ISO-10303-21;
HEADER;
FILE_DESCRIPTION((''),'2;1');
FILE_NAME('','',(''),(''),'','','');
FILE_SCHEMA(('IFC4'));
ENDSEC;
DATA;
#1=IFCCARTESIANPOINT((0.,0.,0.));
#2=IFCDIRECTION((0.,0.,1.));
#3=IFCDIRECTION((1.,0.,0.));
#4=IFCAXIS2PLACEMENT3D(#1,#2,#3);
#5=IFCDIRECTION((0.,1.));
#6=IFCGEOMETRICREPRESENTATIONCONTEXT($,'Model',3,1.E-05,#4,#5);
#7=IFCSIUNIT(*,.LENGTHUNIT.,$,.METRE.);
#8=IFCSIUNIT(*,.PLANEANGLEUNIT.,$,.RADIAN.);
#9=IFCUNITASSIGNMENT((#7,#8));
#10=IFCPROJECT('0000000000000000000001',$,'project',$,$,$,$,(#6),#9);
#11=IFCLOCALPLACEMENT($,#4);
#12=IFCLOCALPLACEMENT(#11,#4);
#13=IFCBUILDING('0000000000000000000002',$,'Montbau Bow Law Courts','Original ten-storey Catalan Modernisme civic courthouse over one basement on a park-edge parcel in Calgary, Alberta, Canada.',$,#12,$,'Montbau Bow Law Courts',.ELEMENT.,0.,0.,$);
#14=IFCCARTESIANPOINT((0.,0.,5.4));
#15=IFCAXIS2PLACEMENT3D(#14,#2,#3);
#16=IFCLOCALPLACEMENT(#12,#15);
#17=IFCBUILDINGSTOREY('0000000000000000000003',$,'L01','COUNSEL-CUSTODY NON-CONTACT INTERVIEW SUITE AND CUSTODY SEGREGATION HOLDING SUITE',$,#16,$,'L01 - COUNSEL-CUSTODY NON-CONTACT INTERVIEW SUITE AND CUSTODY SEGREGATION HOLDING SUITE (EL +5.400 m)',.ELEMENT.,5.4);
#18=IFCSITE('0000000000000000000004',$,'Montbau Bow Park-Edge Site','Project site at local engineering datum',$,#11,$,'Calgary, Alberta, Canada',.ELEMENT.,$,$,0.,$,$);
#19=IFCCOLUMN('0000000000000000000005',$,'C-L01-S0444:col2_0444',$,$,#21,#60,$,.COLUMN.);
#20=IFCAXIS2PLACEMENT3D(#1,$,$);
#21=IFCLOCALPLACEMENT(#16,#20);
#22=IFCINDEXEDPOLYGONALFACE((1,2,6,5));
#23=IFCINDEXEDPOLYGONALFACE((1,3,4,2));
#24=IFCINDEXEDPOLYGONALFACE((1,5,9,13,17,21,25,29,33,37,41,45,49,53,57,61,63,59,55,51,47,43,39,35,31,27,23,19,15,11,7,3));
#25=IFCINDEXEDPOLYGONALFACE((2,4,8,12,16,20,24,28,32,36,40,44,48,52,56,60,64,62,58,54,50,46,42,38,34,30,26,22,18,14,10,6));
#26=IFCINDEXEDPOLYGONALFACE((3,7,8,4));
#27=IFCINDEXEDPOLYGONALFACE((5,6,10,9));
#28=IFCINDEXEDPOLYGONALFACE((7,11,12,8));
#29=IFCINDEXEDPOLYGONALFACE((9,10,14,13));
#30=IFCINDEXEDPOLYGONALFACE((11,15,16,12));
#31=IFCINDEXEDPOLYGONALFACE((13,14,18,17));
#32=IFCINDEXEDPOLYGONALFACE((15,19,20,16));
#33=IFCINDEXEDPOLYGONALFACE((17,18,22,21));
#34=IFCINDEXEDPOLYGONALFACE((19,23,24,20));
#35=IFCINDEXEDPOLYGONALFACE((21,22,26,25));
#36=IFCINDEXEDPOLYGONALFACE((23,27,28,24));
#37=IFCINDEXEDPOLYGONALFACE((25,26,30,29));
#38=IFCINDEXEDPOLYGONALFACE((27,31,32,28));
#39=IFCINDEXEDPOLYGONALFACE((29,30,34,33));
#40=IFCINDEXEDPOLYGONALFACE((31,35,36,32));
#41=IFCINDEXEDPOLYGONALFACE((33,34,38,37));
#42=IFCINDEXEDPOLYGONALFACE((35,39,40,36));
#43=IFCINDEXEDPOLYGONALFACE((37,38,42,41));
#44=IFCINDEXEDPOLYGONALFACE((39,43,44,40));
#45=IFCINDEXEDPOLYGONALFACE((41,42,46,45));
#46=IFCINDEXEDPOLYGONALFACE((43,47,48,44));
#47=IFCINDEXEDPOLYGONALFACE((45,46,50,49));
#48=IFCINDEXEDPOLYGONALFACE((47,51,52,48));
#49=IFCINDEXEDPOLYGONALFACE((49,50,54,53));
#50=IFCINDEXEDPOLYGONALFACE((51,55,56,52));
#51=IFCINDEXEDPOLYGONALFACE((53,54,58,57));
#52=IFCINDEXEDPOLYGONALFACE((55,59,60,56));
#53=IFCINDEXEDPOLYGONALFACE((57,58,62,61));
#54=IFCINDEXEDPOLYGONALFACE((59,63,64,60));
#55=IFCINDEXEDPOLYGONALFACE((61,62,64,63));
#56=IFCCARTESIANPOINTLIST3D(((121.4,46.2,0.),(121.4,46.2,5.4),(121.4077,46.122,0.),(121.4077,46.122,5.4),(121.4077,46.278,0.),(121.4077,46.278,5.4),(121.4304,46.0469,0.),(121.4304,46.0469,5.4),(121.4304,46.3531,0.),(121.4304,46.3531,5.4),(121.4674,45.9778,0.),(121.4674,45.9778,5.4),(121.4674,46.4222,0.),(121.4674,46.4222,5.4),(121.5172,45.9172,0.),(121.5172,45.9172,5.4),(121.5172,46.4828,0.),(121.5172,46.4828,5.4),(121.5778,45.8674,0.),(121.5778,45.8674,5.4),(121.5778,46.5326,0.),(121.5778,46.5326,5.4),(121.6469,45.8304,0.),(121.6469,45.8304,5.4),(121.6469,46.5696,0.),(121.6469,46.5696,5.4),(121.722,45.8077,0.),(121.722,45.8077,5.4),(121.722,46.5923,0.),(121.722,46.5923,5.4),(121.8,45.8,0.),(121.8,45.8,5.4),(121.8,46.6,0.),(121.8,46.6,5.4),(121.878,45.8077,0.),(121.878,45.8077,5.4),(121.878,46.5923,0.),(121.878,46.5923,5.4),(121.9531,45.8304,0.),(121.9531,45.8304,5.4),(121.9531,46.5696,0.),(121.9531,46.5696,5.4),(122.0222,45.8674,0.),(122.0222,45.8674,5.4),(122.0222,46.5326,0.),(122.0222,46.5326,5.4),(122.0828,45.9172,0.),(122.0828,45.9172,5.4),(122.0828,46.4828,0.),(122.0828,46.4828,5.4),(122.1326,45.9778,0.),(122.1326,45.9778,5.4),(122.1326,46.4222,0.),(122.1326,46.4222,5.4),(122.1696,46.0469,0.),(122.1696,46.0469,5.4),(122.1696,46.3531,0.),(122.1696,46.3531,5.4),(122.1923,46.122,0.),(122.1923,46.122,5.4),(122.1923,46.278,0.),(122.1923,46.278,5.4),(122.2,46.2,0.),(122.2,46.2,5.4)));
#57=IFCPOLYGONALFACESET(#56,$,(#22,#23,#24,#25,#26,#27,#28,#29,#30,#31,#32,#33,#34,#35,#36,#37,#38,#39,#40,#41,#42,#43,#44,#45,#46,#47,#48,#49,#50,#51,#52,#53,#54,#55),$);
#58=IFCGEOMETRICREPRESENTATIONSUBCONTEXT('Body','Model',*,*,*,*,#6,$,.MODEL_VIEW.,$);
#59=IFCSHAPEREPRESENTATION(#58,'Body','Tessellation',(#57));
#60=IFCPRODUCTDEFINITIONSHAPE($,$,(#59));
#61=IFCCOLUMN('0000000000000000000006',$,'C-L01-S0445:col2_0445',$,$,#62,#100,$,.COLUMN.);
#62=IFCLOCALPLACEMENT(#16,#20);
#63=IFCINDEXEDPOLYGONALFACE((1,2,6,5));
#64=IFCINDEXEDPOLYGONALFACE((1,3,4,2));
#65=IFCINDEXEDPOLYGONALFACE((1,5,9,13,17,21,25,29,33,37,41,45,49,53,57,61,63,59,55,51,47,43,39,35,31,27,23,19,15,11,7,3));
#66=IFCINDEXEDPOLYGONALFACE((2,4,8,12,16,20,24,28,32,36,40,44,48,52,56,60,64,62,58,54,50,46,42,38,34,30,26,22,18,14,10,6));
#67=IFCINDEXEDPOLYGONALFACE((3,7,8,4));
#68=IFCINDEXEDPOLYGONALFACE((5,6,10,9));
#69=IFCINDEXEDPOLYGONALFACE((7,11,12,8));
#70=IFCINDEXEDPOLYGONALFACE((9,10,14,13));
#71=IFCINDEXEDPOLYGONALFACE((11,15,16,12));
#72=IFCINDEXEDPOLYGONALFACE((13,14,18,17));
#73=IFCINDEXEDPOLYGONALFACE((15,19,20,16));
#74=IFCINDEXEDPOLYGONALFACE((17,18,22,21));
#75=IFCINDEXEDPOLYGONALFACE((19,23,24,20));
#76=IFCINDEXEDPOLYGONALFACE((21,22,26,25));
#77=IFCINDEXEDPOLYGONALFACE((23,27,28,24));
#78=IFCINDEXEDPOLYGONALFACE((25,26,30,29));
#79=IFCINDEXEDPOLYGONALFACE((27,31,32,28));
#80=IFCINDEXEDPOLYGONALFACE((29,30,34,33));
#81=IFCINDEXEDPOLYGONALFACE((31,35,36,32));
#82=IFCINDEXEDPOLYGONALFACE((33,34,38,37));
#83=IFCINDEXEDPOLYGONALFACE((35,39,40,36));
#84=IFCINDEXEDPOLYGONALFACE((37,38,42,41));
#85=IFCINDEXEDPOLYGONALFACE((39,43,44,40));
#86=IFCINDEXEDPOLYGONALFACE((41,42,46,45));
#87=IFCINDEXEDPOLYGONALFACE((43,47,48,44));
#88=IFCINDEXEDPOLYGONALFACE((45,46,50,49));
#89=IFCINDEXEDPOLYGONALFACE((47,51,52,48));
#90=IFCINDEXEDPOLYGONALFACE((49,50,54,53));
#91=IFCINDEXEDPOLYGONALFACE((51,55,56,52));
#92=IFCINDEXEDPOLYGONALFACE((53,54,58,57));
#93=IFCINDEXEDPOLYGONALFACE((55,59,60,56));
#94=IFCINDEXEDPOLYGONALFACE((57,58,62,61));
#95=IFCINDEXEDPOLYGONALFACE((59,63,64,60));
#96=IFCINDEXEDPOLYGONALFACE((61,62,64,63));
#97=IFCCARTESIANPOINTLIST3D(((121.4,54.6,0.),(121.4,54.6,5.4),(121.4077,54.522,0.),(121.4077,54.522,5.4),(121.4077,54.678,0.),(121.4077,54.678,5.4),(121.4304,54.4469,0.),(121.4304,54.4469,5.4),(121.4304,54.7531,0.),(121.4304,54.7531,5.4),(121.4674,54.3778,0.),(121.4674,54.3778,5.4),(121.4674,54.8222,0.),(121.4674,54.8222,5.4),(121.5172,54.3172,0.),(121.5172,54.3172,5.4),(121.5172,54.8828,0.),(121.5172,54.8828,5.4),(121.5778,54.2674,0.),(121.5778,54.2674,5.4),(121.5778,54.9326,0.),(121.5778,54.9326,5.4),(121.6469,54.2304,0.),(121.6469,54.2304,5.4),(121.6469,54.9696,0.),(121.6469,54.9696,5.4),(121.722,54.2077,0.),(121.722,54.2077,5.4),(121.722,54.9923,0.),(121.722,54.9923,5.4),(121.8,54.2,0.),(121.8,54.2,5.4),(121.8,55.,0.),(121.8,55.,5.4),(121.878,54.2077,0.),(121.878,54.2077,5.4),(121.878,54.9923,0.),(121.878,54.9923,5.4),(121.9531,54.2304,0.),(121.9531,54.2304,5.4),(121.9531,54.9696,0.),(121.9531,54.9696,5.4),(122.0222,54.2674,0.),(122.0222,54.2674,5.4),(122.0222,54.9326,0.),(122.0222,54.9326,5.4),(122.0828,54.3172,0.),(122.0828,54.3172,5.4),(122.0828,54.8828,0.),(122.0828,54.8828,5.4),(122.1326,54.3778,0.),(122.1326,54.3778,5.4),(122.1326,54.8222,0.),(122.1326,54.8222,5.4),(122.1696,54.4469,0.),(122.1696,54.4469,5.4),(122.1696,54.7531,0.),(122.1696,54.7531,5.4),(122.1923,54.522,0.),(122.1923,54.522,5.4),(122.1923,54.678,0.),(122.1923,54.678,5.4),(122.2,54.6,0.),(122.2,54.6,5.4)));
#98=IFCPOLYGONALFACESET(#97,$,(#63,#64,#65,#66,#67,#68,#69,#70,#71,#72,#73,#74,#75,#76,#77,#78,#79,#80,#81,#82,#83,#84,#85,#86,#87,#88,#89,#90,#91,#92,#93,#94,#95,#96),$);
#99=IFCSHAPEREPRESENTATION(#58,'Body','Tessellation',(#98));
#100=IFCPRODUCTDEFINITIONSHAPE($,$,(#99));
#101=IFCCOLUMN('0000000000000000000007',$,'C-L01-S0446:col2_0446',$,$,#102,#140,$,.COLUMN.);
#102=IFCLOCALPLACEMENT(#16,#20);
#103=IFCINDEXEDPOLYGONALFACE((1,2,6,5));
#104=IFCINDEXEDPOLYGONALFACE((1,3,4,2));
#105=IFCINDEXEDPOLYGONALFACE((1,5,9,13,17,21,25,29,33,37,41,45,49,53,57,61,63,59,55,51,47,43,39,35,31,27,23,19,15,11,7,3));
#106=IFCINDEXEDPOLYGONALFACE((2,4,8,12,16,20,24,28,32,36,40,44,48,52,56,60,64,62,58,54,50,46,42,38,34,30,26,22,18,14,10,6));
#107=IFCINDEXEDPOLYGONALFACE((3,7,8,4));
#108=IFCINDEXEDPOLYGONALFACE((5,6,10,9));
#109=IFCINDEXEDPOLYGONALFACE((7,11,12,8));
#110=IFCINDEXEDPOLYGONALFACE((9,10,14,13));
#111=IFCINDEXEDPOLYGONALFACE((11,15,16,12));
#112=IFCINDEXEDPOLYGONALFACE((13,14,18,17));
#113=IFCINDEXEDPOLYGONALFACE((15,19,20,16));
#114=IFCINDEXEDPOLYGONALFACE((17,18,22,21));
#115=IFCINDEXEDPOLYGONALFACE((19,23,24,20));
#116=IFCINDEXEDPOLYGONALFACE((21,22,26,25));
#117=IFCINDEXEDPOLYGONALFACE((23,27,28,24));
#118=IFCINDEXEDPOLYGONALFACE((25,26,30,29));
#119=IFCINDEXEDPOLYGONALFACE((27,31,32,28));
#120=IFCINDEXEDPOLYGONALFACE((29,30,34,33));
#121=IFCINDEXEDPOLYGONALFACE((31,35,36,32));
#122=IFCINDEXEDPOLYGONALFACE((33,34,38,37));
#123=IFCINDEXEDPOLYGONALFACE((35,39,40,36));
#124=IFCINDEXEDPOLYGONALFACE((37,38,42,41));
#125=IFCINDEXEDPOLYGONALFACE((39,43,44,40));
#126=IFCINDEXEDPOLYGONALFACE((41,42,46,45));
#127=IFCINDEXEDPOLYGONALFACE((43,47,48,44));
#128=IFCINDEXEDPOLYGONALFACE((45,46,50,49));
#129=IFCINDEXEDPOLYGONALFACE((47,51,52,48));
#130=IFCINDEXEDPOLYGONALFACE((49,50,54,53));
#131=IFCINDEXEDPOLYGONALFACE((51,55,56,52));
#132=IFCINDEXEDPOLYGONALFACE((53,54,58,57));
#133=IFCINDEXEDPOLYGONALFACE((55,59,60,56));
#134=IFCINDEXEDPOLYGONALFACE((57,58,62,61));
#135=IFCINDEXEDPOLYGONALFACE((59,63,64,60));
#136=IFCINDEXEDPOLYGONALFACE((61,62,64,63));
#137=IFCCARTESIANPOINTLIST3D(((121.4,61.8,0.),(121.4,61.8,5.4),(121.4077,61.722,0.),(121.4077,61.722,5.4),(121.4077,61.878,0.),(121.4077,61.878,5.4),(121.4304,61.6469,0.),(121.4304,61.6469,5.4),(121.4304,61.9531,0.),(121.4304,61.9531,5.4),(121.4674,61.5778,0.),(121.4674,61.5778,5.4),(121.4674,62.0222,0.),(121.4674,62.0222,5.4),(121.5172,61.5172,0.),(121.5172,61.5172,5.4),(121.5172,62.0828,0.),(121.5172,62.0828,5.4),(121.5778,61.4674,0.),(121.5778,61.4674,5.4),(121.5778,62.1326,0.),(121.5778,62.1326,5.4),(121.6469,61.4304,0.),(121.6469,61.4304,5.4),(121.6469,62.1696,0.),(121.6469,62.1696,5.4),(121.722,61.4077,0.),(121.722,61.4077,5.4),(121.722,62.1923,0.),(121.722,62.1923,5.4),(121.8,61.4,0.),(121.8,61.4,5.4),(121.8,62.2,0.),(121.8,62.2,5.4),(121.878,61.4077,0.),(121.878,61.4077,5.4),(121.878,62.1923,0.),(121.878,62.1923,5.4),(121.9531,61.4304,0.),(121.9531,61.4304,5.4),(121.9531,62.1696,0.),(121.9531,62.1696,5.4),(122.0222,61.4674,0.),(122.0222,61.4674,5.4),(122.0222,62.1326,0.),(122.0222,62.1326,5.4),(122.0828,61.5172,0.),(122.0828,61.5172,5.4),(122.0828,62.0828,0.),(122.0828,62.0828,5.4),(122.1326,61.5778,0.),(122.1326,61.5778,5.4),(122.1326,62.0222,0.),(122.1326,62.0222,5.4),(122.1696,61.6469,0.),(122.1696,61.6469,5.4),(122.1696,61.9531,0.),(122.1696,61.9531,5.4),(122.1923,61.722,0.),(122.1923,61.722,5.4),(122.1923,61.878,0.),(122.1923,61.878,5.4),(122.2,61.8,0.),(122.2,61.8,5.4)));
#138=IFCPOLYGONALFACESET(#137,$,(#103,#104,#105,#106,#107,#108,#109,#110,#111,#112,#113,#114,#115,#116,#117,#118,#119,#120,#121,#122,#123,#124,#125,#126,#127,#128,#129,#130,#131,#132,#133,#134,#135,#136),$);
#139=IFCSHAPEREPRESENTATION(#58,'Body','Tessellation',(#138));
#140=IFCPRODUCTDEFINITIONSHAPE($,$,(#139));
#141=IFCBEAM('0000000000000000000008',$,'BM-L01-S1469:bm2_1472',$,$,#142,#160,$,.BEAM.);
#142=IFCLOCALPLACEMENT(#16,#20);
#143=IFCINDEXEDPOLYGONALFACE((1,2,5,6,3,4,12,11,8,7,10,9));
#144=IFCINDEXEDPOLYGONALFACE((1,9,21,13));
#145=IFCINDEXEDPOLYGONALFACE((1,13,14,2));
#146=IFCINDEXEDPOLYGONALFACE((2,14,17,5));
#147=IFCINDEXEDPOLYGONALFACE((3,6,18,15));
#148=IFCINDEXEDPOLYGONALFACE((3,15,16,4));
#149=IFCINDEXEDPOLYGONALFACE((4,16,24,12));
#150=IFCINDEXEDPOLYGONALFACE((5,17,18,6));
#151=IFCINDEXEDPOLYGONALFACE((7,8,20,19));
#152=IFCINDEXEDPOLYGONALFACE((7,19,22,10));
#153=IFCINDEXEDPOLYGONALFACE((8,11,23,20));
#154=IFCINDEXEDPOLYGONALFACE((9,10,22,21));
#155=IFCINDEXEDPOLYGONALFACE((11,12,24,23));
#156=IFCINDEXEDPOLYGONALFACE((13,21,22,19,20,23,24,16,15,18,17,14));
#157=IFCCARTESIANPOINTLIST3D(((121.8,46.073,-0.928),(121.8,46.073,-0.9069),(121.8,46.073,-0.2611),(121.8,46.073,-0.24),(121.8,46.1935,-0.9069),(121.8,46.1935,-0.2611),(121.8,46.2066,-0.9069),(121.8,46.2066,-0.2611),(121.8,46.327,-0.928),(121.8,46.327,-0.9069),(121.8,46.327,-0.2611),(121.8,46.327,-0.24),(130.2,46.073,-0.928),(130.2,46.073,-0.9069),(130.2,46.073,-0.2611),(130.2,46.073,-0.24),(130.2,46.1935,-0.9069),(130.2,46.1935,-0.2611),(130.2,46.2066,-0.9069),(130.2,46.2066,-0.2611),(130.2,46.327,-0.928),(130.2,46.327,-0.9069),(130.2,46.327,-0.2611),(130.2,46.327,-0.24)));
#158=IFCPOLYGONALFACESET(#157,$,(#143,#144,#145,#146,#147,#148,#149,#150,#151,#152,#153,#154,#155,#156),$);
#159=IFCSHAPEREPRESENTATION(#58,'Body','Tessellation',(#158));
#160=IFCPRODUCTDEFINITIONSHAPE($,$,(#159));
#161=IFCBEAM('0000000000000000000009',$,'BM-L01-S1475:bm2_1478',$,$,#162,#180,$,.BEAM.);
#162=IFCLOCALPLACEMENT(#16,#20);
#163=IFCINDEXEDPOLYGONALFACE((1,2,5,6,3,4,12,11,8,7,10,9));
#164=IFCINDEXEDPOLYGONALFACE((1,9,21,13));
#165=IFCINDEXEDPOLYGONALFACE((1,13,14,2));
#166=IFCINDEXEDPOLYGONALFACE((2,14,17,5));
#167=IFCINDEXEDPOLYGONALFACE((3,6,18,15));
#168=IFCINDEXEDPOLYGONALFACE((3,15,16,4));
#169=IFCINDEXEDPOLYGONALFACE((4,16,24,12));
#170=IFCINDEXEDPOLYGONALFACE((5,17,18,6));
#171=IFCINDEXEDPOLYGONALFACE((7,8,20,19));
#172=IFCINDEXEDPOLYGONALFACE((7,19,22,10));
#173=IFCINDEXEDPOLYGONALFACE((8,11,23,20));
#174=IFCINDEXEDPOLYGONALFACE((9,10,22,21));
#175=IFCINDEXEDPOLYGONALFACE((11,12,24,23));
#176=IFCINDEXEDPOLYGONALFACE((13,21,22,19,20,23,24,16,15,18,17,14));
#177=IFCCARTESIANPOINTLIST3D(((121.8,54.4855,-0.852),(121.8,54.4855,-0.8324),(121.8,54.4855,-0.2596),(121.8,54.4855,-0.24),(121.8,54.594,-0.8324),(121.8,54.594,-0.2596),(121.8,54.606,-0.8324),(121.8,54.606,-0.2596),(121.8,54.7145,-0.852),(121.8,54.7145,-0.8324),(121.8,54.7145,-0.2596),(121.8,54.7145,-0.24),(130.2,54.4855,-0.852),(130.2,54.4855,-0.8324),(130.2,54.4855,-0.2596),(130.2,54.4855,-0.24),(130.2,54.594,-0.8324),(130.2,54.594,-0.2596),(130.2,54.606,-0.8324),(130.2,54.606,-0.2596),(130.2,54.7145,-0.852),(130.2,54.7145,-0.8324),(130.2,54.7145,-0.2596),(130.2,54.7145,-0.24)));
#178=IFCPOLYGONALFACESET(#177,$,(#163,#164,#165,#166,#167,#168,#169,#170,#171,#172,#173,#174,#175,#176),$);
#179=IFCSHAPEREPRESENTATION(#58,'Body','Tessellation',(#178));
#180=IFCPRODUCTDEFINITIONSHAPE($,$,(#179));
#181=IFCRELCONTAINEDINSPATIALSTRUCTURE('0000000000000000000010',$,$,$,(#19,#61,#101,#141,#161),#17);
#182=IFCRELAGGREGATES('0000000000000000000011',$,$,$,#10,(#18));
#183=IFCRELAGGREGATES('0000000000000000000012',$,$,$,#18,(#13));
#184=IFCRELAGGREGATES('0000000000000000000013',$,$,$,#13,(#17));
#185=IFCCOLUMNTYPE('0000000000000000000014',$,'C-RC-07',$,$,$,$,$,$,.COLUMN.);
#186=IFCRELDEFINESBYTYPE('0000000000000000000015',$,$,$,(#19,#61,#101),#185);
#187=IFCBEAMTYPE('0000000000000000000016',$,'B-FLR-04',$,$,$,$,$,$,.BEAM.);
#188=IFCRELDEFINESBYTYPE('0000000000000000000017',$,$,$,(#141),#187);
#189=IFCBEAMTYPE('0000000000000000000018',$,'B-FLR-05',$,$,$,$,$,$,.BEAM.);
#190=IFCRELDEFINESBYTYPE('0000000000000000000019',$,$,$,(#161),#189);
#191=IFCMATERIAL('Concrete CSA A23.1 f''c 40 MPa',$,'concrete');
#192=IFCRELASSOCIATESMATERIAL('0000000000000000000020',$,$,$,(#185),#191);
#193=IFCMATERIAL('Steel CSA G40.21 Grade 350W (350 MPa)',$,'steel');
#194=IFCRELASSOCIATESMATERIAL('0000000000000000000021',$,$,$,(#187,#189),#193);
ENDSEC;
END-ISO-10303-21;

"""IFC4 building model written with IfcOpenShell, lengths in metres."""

from ifc_helpers import new_model, si_unit, direction, frame, origin_with_axes, origin_2d_with_axis, place, context, subcontext, project, spatial, circle, i_section, extrude, material, material_profile, profile_set, type_object, element, save


model = new_model("IFC4")

# Units and contexts
model_context = context("Model", 3, precision=1e-05, world=origin_with_axes(), true_north=direction((0.0, 1.0)))
body_context = subcontext(model_context, "Body", "Model", "MODEL_VIEW")
ifc_project = project(units=[si_unit("LENGTHUNIT", "METRE"), si_unit("PLANEANGLEUNIT", "RADIAN")], contexts=[model_context])

# Site, building, storey
site_placement = place(None, origin_with_axes())
site = spatial("IfcSite", under=ifc_project, at=site_placement, Name="Montbau Bow Park-Edge Site", Description="Project site at local engineering datum", LongName="Calgary, Alberta, Canada", CompositionType="ELEMENT", RefElevation=0.0)
building_placement = place(site_placement, origin_with_axes())
building = spatial("IfcBuilding", under=site, at=building_placement, Name="Montbau Bow Law Courts", Description="Original ten-storey Catalan Modernisme civic courthouse over one basement on a park-edge parcel in Calgary, Alberta, Canada.", LongName="Montbau Bow Law Courts", CompositionType="ELEMENT", ElevationOfRefHeight=0.0, ElevationOfTerrain=0.0)
storey_placement = place(building_placement, frame((0.0, 0.0, 5.4), z_axis=(0.0, 0.0, 1.0), x_axis=(1.0, 0.0, 0.0)))
storey = spatial("IfcBuildingStorey", under=building, at=storey_placement, Name="L01", Description="COUNSEL-CUSTODY NON-CONTACT INTERVIEW SUITE AND CUSTODY SEGREGATION HOLDING SUITE", LongName="L01 - COUNSEL-CUSTODY NON-CONTACT INTERVIEW SUITE AND CUSTODY SEGREGATION HOLDING SUITE (EL +5.400 m)", CompositionType="ELEMENT", Elevation=5.4)

# Columns
ifc_material_1 = material(Name="Concrete CSA A23.1 f'c 40 MPa", Category="concrete")
ifc_material_profile_1 = material_profile(ifc_material_1, circle(Radius=0.4, at=origin_2d_with_axis()), Name="RC800D", Category="Main", Priority=0)
ifc_profile_set_1 = profile_set([ifc_material_profile_1], Name="Concrete CSA A23.1 f'c 40 MPa")
column_type = type_object("IfcColumnType", Name="C-RC-07", PredefinedType="COLUMN", material=ifc_profile_set_1)
for number, where, z_axis, x_axis, name in (
    (1, (121.8, 46.2, 5.4), (0.0, 0.0, 1.0), (1.0, 0.0, 0.0), "C-L01-S0444:col2_0444"),
    (2, (121.8, 54.6, 5.4), (0.0, 0.0, 1.0), (1.0, 0.0, 0.0), "C-L01-S0445:col2_0445"),
    (3, (121.8, 61.8, 5.4), (0.0, 0.0, 1.0), (1.0, 0.0, 0.0), "C-L01-S0446:col2_0446"),
):
    element("IfcColumn", number, at=place(None, frame(where, z_axis=z_axis, x_axis=x_axis)), inside=storey, type_object=column_type, Name=name, PredefinedType="COLUMN", context=body_context, shape_type="SweptSolid", body=[
        extrude(circle(Radius=0.4, at=origin_2d_with_axis()), origin_with_axes(), (0.0, 0.0, 1.0), 5.4),
    ])

# Beams
ifc_material_2 = material(Name="Steel CSA G40.21 Grade 350W (350 MPa)", Category="steel")
ifc_material_profile_2 = material_profile(ifc_material_2, i_section(OverallWidth=0.254, OverallDepth=0.688, WebThickness=0.0131, FlangeThickness=0.0211, at=origin_2d_with_axis()), Name="W690X152", Category="Main", Priority=0)
ifc_profile_set_2 = profile_set([ifc_material_profile_2], Name="Steel CSA G40.21 Grade 350W (350 MPa)")
beam_type_1 = type_object("IfcBeamType", Name="B-FLR-04", PredefinedType="BEAM", material=ifc_profile_set_2)
beam_1_placement = place(None, frame((121.8, 46.2, 4.816), z_axis=(1.0, 0.0, 0.0), x_axis=(0.0, 1.0, 0.0)))
element("IfcBeam", 4, at=beam_1_placement, inside=storey, type_object=beam_type_1, Name="BM-L01-S1469:bm2_1472", PredefinedType="BEAM", context=body_context, shape_type="SweptSolid", body=[
    extrude(i_section(OverallWidth=0.254, OverallDepth=0.688, WebThickness=0.0131, FlangeThickness=0.0211, at=origin_2d_with_axis()), origin_with_axes(), (0.0, 0.0, 1.0), 8.4),
])
ifc_material_profile_3 = material_profile(ifc_material_2, i_section(OverallWidth=0.229, OverallDepth=0.612, WebThickness=0.0119, FlangeThickness=0.0196, at=origin_2d_with_axis()), Name="W610X125", Category="Main", Priority=0)
ifc_profile_set_3 = profile_set([ifc_material_profile_3], Name="Steel CSA G40.21 Grade 350W (350 MPa)")
beam_type_2 = type_object("IfcBeamType", Name="B-FLR-05", PredefinedType="BEAM", material=ifc_profile_set_3)
beam_2_placement = place(None, frame((121.8, 54.6, 4.854), z_axis=(1.0, 0.0, 0.0), x_axis=(0.0, 1.0, 0.0)))
element("IfcBeam", 5, at=beam_2_placement, inside=storey, type_object=beam_type_2, Name="BM-L01-S1475:bm2_1478", PredefinedType="BEAM", context=body_context, shape_type="SweptSolid", body=[
    extrude(i_section(OverallWidth=0.229, OverallDepth=0.612, WebThickness=0.0119, FlangeThickness=0.0196, at=origin_2d_with_axis()), origin_with_axes(), (0.0, 0.0, 1.0), 8.4),
])

save(model, "model.ifc")
